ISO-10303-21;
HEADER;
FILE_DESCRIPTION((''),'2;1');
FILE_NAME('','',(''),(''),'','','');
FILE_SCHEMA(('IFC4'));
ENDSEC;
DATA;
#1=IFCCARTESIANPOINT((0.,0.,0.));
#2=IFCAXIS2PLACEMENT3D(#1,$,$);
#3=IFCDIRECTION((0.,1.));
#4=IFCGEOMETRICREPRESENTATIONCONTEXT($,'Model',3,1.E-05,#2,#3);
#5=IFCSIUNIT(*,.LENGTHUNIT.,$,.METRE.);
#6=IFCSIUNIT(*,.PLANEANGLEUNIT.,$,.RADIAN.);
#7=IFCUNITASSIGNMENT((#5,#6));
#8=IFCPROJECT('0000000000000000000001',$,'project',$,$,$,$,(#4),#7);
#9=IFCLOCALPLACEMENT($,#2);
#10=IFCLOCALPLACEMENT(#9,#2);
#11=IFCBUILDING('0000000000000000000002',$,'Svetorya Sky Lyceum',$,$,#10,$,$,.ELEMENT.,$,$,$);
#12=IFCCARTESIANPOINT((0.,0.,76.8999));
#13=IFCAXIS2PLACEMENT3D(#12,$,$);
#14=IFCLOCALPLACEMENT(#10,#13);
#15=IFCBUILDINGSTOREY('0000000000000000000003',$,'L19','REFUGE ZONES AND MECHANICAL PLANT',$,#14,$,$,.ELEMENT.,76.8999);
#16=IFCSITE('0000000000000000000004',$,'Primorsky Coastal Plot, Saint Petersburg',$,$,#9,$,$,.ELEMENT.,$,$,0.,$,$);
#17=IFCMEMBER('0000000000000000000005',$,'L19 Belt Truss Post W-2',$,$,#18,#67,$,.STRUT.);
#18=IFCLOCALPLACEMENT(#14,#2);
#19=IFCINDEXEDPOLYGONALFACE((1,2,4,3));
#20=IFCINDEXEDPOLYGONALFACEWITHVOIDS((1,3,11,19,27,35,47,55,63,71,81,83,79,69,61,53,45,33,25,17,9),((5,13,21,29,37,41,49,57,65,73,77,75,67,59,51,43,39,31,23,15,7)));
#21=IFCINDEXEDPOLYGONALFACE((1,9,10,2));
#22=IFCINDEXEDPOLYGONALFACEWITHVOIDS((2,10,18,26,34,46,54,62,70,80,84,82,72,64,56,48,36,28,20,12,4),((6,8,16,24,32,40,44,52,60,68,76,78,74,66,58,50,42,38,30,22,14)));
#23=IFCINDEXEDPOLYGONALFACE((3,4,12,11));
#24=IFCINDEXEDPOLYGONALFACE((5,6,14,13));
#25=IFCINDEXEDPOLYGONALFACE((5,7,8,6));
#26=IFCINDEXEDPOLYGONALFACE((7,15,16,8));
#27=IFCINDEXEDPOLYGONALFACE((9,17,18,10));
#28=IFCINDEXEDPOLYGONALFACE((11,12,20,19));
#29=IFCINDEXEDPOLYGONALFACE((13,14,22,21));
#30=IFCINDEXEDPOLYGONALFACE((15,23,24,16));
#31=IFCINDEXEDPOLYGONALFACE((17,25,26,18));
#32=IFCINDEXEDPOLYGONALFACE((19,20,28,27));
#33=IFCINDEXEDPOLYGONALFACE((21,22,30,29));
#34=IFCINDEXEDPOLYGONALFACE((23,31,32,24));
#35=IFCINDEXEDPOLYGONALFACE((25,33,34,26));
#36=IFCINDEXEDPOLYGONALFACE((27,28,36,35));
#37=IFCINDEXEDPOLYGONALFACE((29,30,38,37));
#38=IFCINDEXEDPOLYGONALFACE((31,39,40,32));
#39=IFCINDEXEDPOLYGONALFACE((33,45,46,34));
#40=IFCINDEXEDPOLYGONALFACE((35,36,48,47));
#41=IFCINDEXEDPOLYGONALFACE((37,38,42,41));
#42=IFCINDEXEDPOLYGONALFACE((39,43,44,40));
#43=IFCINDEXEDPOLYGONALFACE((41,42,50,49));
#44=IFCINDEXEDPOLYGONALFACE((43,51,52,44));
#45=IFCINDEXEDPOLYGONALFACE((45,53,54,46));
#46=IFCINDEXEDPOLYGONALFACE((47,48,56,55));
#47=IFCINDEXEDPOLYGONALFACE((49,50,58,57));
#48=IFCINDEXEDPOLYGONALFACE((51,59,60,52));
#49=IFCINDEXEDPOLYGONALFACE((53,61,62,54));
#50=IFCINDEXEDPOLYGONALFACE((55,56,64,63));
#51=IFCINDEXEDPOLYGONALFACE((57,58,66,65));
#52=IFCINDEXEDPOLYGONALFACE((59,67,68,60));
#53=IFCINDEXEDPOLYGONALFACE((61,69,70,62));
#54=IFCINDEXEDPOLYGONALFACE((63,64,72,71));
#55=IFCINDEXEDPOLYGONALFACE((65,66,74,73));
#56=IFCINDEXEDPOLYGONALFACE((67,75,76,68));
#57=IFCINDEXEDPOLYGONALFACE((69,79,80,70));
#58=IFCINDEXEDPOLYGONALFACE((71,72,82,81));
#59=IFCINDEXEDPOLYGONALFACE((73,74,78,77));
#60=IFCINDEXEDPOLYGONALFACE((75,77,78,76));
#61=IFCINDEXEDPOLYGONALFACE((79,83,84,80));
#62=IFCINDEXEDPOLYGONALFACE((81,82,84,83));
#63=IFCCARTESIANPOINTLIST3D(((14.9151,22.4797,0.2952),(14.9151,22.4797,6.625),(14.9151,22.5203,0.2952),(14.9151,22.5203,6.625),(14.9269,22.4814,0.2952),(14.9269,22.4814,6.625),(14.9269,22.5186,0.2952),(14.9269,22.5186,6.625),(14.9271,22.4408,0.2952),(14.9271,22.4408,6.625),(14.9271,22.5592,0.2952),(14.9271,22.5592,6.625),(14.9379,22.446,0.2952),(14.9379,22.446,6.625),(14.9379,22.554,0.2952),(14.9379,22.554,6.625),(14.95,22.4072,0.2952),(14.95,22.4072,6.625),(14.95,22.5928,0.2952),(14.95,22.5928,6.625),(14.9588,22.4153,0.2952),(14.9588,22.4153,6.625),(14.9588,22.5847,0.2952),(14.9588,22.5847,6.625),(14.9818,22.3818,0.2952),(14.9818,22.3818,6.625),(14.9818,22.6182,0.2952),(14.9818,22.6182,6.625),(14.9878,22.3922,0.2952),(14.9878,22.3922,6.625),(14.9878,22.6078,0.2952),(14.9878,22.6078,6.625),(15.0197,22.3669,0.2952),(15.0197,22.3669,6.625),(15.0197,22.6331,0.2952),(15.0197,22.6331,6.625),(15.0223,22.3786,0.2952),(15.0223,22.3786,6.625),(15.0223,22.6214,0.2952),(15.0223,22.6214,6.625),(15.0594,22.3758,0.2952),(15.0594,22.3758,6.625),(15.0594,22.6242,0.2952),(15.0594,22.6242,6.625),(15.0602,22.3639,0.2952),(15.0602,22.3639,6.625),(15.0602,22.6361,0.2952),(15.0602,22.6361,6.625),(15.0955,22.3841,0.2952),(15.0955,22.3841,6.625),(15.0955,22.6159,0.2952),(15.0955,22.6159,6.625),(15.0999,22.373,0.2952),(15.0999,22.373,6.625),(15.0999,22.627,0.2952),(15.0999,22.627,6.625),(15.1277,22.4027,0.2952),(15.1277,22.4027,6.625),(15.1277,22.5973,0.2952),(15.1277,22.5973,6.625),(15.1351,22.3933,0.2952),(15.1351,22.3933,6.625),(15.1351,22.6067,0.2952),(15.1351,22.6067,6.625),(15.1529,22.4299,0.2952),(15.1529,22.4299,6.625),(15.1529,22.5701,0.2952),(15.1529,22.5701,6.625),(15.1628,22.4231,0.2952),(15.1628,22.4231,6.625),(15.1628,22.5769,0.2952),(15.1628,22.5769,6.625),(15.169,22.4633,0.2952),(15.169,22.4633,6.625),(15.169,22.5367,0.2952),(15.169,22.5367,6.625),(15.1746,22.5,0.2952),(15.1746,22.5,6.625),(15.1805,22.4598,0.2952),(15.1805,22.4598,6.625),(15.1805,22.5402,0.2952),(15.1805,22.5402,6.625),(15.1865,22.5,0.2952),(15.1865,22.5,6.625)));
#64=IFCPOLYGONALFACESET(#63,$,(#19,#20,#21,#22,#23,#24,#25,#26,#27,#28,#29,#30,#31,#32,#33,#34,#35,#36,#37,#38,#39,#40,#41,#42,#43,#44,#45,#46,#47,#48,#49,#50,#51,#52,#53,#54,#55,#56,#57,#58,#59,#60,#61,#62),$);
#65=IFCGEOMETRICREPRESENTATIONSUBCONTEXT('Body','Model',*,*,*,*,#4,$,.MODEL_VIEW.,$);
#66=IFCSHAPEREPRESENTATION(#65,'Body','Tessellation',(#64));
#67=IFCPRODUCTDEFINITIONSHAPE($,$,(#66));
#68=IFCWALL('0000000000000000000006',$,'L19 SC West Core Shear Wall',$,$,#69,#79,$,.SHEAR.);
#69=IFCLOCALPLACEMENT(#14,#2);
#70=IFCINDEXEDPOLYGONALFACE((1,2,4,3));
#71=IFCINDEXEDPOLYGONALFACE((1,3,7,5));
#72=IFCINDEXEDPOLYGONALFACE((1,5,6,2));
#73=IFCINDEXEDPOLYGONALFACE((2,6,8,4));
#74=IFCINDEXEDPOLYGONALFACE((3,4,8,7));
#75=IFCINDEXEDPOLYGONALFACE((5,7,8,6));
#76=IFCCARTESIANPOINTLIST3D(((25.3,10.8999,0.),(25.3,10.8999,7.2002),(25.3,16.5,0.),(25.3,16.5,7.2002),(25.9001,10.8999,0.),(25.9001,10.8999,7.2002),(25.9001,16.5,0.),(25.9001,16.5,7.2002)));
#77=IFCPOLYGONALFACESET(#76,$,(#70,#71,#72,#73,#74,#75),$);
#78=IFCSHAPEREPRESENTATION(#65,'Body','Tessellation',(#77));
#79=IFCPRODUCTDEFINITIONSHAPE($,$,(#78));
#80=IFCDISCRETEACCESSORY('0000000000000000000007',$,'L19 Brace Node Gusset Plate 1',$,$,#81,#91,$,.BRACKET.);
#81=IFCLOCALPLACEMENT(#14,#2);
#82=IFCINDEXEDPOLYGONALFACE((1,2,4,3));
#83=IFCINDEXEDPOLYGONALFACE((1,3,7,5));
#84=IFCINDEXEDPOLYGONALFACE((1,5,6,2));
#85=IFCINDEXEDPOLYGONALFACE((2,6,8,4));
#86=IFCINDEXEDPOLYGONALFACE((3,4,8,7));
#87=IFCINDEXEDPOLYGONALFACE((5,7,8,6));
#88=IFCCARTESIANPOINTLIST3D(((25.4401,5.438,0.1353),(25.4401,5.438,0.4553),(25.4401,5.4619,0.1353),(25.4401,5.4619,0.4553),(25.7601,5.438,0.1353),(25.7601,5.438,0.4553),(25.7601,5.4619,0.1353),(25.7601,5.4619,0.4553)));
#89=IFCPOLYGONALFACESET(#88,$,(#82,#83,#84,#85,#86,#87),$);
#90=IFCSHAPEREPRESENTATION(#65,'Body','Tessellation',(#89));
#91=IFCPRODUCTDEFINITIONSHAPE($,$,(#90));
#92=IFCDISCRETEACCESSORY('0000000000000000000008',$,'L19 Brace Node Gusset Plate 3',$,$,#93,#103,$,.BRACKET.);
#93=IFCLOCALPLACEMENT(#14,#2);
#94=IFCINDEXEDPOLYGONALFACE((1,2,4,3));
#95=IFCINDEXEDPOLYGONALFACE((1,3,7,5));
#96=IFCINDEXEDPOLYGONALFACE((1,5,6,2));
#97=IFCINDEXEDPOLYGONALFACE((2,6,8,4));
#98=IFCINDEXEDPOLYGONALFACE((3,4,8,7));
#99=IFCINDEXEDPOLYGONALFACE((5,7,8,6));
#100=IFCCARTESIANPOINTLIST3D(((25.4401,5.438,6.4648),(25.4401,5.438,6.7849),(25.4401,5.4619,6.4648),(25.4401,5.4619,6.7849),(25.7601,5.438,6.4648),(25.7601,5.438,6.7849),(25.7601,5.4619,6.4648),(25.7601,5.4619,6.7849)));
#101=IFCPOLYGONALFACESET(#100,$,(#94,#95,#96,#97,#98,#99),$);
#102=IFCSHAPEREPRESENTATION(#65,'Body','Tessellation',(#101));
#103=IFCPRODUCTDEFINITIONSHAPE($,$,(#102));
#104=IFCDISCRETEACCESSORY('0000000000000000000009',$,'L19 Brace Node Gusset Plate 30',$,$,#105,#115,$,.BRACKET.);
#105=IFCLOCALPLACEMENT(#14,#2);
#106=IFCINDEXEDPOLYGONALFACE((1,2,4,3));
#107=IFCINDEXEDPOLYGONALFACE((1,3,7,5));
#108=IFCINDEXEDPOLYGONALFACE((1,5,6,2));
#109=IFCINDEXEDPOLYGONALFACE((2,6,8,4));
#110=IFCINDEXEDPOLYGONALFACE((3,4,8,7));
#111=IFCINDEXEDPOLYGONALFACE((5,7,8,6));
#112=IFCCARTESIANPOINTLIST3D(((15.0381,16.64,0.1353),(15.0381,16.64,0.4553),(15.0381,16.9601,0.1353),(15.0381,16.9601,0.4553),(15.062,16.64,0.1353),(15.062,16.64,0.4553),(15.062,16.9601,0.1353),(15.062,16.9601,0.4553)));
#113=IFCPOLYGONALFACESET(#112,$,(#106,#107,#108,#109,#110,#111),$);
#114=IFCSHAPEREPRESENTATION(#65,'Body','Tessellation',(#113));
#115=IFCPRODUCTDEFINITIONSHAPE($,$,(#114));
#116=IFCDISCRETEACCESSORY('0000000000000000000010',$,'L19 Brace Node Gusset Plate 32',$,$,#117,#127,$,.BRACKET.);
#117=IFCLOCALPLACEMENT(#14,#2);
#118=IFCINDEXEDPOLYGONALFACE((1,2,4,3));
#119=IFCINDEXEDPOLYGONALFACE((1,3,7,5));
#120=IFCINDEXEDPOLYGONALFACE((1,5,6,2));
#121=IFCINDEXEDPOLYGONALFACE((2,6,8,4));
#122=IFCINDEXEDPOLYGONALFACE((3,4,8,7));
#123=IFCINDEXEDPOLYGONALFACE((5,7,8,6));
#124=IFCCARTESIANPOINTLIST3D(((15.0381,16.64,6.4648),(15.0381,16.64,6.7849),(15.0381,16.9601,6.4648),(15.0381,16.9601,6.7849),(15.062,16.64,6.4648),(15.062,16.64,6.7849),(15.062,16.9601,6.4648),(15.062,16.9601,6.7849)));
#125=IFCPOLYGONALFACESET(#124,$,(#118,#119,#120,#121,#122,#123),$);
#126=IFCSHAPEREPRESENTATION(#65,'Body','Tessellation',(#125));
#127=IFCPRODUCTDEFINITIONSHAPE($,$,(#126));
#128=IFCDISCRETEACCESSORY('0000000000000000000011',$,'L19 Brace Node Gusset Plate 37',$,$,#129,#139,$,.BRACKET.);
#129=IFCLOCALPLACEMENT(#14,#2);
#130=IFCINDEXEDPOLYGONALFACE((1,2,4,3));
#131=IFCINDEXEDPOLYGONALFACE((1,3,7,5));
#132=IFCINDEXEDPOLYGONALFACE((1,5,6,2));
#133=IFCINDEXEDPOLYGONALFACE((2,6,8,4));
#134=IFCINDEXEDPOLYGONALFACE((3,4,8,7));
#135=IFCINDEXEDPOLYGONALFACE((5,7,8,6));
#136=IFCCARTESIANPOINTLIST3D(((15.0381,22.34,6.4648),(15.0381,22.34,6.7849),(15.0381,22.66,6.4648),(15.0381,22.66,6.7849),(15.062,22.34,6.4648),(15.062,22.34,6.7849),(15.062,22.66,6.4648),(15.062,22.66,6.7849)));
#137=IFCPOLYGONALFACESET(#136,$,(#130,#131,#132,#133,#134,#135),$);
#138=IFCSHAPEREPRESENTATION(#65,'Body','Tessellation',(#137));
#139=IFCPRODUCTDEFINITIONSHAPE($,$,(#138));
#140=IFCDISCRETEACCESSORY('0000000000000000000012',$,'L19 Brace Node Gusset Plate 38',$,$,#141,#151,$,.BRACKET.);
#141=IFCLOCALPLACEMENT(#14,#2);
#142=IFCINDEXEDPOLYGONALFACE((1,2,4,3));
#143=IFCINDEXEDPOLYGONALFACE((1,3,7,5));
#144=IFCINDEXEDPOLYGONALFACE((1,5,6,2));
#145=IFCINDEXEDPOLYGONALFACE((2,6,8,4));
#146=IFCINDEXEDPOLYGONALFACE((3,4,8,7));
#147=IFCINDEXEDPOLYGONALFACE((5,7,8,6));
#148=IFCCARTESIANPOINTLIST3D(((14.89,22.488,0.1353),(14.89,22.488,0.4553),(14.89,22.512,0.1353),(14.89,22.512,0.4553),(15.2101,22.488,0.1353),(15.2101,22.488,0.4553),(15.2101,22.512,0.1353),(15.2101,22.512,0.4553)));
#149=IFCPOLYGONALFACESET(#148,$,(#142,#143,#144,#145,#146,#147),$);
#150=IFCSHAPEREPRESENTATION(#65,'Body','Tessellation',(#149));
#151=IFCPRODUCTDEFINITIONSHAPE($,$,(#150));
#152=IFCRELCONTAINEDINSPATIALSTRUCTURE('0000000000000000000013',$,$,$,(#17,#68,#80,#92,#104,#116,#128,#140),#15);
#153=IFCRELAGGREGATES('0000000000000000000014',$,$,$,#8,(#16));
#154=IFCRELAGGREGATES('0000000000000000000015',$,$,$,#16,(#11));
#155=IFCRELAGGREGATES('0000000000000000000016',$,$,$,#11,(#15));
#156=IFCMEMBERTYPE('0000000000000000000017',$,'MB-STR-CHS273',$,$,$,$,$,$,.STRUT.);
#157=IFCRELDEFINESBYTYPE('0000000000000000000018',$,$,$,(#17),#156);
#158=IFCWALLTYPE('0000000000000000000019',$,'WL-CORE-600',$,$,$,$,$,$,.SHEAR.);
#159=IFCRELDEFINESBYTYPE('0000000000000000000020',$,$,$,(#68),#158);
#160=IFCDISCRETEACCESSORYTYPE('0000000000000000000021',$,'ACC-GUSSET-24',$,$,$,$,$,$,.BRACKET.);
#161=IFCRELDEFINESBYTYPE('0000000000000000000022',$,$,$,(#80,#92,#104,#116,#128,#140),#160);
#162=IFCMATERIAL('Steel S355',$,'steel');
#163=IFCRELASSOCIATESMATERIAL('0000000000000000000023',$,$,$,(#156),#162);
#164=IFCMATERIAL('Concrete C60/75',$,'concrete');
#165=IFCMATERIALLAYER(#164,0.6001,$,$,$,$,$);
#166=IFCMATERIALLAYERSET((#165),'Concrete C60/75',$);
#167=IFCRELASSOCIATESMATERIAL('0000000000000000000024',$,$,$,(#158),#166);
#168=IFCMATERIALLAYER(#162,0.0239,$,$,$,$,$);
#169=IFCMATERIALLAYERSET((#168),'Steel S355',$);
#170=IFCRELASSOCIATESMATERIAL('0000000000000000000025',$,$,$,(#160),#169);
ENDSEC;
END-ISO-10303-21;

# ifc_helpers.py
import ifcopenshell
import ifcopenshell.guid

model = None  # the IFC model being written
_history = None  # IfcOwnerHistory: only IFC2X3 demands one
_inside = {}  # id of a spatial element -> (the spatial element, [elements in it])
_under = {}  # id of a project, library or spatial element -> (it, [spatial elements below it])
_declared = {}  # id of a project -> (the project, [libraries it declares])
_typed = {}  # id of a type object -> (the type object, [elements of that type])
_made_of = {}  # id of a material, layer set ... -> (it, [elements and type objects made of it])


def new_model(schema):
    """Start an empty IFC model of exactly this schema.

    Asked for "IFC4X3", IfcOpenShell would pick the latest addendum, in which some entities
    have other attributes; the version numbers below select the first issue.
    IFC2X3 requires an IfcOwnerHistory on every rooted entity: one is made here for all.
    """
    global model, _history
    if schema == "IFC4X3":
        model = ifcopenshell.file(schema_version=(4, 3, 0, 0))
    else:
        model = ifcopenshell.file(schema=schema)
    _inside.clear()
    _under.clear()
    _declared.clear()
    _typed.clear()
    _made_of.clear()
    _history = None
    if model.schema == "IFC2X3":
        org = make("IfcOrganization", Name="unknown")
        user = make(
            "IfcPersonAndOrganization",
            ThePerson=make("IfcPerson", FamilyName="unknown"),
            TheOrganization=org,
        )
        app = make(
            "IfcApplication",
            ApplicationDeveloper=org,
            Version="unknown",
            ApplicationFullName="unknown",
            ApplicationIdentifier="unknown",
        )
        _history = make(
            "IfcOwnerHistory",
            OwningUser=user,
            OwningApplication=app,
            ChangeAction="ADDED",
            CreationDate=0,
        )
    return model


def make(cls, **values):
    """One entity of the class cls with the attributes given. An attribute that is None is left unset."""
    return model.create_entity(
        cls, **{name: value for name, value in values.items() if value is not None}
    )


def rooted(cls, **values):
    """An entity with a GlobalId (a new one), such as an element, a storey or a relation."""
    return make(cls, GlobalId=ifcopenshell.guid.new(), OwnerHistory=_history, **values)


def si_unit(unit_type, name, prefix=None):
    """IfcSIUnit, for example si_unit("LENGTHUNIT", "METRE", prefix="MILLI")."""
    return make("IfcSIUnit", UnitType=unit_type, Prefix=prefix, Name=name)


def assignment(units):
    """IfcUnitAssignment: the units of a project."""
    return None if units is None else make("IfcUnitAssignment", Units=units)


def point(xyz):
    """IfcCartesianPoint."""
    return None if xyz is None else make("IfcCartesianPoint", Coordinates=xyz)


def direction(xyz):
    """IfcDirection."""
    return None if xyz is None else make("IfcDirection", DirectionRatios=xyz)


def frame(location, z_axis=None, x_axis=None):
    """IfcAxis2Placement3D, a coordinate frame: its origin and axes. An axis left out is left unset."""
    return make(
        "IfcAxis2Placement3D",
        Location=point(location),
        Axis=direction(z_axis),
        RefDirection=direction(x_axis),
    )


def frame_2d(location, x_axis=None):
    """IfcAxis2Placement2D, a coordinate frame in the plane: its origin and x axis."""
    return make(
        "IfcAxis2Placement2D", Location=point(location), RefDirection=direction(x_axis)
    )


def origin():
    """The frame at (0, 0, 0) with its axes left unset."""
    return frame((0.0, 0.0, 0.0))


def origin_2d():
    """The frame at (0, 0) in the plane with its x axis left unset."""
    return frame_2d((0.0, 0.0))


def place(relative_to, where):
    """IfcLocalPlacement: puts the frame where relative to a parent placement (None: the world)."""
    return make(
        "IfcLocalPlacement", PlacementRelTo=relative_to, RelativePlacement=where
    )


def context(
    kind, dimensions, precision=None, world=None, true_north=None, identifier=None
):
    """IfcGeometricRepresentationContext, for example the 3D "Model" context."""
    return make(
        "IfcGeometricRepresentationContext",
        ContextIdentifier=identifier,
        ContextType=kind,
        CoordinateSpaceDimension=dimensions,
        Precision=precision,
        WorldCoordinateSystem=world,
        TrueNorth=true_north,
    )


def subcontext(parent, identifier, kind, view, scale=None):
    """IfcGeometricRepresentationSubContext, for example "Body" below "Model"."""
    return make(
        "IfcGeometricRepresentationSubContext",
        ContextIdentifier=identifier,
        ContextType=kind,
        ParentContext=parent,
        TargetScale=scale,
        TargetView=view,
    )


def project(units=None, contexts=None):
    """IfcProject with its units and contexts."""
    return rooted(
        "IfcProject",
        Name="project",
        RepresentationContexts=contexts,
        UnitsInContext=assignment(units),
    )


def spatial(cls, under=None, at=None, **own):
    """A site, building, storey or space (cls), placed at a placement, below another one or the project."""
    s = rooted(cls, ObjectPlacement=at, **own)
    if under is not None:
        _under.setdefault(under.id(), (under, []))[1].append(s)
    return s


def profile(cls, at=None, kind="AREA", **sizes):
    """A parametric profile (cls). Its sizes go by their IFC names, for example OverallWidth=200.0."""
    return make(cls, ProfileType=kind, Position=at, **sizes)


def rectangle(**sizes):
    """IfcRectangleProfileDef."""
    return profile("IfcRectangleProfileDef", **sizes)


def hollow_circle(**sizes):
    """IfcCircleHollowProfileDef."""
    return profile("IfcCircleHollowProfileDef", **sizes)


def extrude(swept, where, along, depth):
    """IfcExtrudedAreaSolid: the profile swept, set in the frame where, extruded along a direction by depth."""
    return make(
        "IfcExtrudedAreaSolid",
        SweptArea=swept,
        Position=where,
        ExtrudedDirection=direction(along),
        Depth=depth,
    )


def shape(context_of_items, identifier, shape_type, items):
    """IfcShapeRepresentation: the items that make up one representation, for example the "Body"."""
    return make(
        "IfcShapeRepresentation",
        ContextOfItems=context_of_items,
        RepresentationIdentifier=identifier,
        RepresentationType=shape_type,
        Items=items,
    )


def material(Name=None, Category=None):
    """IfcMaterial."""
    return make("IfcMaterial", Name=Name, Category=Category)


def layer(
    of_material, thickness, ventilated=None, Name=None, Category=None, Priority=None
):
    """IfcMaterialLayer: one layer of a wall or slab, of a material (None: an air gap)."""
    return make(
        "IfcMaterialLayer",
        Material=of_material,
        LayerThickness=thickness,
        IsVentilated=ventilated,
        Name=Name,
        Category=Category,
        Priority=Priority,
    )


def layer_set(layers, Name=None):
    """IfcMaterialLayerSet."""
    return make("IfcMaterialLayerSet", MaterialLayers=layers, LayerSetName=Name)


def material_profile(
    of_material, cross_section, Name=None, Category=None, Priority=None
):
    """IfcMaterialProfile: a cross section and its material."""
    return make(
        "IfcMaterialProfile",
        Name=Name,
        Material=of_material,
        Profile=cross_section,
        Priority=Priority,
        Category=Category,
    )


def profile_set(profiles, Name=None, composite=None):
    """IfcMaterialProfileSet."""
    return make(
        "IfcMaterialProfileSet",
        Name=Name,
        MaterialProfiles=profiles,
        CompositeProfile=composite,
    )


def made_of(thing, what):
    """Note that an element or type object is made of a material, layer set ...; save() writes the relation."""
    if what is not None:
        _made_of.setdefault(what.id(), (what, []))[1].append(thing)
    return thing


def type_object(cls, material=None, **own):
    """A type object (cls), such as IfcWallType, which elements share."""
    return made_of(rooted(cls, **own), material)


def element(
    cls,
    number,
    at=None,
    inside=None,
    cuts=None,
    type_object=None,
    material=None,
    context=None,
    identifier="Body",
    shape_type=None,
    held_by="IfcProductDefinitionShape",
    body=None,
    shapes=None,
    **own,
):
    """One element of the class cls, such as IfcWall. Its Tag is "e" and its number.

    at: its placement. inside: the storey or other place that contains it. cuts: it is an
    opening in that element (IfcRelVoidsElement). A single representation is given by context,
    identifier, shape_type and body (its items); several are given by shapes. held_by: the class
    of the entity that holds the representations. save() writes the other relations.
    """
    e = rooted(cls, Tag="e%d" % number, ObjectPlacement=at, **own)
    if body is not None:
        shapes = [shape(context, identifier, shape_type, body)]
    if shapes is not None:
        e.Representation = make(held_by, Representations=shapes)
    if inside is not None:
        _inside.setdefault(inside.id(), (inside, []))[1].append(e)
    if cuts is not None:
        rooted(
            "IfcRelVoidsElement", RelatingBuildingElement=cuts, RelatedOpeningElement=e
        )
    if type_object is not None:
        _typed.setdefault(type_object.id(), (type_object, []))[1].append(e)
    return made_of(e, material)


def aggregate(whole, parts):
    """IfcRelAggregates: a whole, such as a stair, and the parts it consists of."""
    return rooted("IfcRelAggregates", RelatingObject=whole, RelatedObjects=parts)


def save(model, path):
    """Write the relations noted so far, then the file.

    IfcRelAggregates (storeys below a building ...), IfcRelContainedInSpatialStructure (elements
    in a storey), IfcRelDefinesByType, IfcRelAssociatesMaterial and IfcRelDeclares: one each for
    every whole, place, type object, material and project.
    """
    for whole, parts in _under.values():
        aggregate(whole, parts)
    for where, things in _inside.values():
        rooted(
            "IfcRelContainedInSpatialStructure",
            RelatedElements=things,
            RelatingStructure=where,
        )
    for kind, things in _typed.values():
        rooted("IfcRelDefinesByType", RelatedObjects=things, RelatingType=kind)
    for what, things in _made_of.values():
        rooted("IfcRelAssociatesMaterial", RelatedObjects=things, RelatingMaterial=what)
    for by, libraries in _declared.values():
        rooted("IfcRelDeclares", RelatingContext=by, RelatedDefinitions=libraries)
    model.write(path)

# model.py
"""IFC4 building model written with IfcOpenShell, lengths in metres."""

from ifc_helpers import new_model, si_unit, direction, frame, frame_2d, origin, origin_2d, place, context, subcontext, project, spatial, rectangle, hollow_circle, extrude, material, layer, layer_set, material_profile, profile_set, type_object, element, save


model = new_model("IFC4")

# Units and contexts
model_context = context("Model", 3, precision=1e-05, world=origin(), true_north=direction((0.0, 1.0)))
body_context = subcontext(model_context, "Body", "Model", "MODEL_VIEW")
ifc_project = project(units=[si_unit("LENGTHUNIT", "METRE"), si_unit("PLANEANGLEUNIT", "RADIAN")], contexts=[model_context])

# Site, building, storey
site_placement = place(None, origin())
site = spatial("IfcSite", under=ifc_project, at=site_placement, Name="Primorsky Coastal Plot, Saint Petersburg", CompositionType="ELEMENT", RefElevation=0.0)
building_placement = place(site_placement, origin())
building = spatial("IfcBuilding", under=site, at=building_placement, Name="Svetorya Sky Lyceum", CompositionType="ELEMENT")
storey_placement = place(building_placement, frame((0.0, 0.0, 76.8999)))
storey = spatial("IfcBuildingStorey", under=building, at=storey_placement, Name="L19", Description="REFUGE ZONES AND MECHANICAL PLANT", CompositionType="ELEMENT", Elevation=76.8999)

# Shared definitions
ifc_material_1 = material(Name="Concrete C60/75", Category="concrete")

# Shared definitions
ifc_material_2 = material(Name="Steel S355", Category="steel")

# Member
ifc_material_profile_1 = material_profile(ifc_material_2, hollow_circle(Radius=0.1365, WallThickness=0.012, at=origin_2d()), Name="CHS 273x12")
ifc_profile_set_1 = profile_set([ifc_material_profile_1], Name="Steel S355")
member_type_1 = type_object("IfcMemberType", Name="MB-STR-CHS273", PredefinedType="STRUT", material=ifc_profile_set_1)
member_1_placement = place(storey_placement, frame((15.05, 22.5, 0.2952), z_axis=(0.0, 0.0, 1.0), x_axis=(1.0, 0.0, 0.0)))
element("IfcMember", 1, at=member_1_placement, inside=storey, type_object=member_type_1, Name="L19 Belt Truss Post W-2", PredefinedType="STRUT", context=body_context, shape_type="SweptSolid", body=[
    extrude(hollow_circle(Radius=0.1365, WallThickness=0.012, at=origin_2d()), origin(), (0.0, 0.0, 1.0), 6.3298),
])

# Wall
ifc_layer_1 = layer(ifc_material_1, 0.6001)
ifc_layer_set_1 = layer_set([ifc_layer_1], Name="Concrete C60/75")
wall_type_1 = type_object("IfcWallType", Name="WL-CORE-600", PredefinedType="SHEAR", material=ifc_layer_set_1)
wall_1_placement = place(storey_placement, frame((25.6001, 10.8999, 0.0), z_axis=(0.0, 0.0, 1.0), x_axis=(0.0, 1.0, 0.0)))
element("IfcWall", 2, at=wall_1_placement, inside=storey, type_object=wall_type_1, Name="L19 SC West Core Shear Wall", PredefinedType="SHEAR", context=body_context, shape_type="SweptSolid", body=[
    extrude(rectangle(XDim=5.6001, YDim=0.6001, at=frame_2d((2.8, 0.0))), origin(), (0.0, 0.0, 1.0), 7.2002),
])

# Discrete accessories
ifc_layer_2 = layer(ifc_material_2, 0.0239)
ifc_layer_set_2 = layer_set([ifc_layer_2], Name="Steel S355")
discrete_accessory_type = type_object("IfcDiscreteAccessoryType", Name="ACC-GUSSET-24", PredefinedType="BRACKET", material=ifc_layer_set_2)
for number, where, z_axis, x_axis, name in (
    (3, (25.6001, 5.45, 0.1353), (0.0, 0.0, 1.0), (1.0, 0.0, 0.0), "L19 Brace Node Gusset Plate 1"),
    (4, (25.6001, 5.45, 6.4648), (0.0, 0.0, 1.0), (1.0, 0.0, 0.0), "L19 Brace Node Gusset Plate 3"),
):
    element("IfcDiscreteAccessory", number, at=place(storey_placement, frame(where, z_axis=z_axis, x_axis=x_axis)), inside=storey, type_object=discrete_accessory_type, Name=name, PredefinedType="BRACKET", context=body_context, shape_type="SweptSolid", body=[
        extrude(rectangle(XDim=0.3201, YDim=0.0239, at=origin_2d()), origin(), (0.0, 0.0, 1.0), 0.3201),
    ])
for number, where, z_axis, x_axis, name in (
    (5, (15.05, 16.8, 0.1353), (0.0, 0.0, 1.0), (1.0, 0.0, 0.0), "L19 Brace Node Gusset Plate 30"),
    (6, (15.05, 16.8, 6.4648), (0.0, 0.0, 1.0), (1.0, 0.0, 0.0), "L19 Brace Node Gusset Plate 32"),
    (7, (15.05, 22.5, 6.4648), (0.0, 0.0, 1.0), (1.0, 0.0, 0.0), "L19 Brace Node Gusset Plate 37"),
):
    element("IfcDiscreteAccessory", number, at=place(storey_placement, frame(where, z_axis=z_axis, x_axis=x_axis)), inside=storey, type_object=discrete_accessory_type, Name=name, PredefinedType="BRACKET", context=body_context, shape_type="SweptSolid", body=[
        extrude(rectangle(XDim=0.0239, YDim=0.3201, at=origin_2d()), origin(), (0.0, 0.0, 1.0), 0.3201),
    ])
discrete_accessory_placement = place(storey_placement, frame((15.05, 22.5, 0.1353), z_axis=(0.0, 0.0, 1.0), x_axis=(1.0, 0.0, 0.0)))
element("IfcDiscreteAccessory", 8, at=discrete_accessory_placement, inside=storey, type_object=discrete_accessory_type, Name="L19 Brace Node Gusset Plate 38", PredefinedType="BRACKET", context=body_context, shape_type="SweptSolid", body=[
    extrude(rectangle(XDim=0.3201, YDim=0.0239, at=origin_2d()), origin(), (0.0, 0.0, 1.0), 0.3201),
])

save(model, "model.ifc")
